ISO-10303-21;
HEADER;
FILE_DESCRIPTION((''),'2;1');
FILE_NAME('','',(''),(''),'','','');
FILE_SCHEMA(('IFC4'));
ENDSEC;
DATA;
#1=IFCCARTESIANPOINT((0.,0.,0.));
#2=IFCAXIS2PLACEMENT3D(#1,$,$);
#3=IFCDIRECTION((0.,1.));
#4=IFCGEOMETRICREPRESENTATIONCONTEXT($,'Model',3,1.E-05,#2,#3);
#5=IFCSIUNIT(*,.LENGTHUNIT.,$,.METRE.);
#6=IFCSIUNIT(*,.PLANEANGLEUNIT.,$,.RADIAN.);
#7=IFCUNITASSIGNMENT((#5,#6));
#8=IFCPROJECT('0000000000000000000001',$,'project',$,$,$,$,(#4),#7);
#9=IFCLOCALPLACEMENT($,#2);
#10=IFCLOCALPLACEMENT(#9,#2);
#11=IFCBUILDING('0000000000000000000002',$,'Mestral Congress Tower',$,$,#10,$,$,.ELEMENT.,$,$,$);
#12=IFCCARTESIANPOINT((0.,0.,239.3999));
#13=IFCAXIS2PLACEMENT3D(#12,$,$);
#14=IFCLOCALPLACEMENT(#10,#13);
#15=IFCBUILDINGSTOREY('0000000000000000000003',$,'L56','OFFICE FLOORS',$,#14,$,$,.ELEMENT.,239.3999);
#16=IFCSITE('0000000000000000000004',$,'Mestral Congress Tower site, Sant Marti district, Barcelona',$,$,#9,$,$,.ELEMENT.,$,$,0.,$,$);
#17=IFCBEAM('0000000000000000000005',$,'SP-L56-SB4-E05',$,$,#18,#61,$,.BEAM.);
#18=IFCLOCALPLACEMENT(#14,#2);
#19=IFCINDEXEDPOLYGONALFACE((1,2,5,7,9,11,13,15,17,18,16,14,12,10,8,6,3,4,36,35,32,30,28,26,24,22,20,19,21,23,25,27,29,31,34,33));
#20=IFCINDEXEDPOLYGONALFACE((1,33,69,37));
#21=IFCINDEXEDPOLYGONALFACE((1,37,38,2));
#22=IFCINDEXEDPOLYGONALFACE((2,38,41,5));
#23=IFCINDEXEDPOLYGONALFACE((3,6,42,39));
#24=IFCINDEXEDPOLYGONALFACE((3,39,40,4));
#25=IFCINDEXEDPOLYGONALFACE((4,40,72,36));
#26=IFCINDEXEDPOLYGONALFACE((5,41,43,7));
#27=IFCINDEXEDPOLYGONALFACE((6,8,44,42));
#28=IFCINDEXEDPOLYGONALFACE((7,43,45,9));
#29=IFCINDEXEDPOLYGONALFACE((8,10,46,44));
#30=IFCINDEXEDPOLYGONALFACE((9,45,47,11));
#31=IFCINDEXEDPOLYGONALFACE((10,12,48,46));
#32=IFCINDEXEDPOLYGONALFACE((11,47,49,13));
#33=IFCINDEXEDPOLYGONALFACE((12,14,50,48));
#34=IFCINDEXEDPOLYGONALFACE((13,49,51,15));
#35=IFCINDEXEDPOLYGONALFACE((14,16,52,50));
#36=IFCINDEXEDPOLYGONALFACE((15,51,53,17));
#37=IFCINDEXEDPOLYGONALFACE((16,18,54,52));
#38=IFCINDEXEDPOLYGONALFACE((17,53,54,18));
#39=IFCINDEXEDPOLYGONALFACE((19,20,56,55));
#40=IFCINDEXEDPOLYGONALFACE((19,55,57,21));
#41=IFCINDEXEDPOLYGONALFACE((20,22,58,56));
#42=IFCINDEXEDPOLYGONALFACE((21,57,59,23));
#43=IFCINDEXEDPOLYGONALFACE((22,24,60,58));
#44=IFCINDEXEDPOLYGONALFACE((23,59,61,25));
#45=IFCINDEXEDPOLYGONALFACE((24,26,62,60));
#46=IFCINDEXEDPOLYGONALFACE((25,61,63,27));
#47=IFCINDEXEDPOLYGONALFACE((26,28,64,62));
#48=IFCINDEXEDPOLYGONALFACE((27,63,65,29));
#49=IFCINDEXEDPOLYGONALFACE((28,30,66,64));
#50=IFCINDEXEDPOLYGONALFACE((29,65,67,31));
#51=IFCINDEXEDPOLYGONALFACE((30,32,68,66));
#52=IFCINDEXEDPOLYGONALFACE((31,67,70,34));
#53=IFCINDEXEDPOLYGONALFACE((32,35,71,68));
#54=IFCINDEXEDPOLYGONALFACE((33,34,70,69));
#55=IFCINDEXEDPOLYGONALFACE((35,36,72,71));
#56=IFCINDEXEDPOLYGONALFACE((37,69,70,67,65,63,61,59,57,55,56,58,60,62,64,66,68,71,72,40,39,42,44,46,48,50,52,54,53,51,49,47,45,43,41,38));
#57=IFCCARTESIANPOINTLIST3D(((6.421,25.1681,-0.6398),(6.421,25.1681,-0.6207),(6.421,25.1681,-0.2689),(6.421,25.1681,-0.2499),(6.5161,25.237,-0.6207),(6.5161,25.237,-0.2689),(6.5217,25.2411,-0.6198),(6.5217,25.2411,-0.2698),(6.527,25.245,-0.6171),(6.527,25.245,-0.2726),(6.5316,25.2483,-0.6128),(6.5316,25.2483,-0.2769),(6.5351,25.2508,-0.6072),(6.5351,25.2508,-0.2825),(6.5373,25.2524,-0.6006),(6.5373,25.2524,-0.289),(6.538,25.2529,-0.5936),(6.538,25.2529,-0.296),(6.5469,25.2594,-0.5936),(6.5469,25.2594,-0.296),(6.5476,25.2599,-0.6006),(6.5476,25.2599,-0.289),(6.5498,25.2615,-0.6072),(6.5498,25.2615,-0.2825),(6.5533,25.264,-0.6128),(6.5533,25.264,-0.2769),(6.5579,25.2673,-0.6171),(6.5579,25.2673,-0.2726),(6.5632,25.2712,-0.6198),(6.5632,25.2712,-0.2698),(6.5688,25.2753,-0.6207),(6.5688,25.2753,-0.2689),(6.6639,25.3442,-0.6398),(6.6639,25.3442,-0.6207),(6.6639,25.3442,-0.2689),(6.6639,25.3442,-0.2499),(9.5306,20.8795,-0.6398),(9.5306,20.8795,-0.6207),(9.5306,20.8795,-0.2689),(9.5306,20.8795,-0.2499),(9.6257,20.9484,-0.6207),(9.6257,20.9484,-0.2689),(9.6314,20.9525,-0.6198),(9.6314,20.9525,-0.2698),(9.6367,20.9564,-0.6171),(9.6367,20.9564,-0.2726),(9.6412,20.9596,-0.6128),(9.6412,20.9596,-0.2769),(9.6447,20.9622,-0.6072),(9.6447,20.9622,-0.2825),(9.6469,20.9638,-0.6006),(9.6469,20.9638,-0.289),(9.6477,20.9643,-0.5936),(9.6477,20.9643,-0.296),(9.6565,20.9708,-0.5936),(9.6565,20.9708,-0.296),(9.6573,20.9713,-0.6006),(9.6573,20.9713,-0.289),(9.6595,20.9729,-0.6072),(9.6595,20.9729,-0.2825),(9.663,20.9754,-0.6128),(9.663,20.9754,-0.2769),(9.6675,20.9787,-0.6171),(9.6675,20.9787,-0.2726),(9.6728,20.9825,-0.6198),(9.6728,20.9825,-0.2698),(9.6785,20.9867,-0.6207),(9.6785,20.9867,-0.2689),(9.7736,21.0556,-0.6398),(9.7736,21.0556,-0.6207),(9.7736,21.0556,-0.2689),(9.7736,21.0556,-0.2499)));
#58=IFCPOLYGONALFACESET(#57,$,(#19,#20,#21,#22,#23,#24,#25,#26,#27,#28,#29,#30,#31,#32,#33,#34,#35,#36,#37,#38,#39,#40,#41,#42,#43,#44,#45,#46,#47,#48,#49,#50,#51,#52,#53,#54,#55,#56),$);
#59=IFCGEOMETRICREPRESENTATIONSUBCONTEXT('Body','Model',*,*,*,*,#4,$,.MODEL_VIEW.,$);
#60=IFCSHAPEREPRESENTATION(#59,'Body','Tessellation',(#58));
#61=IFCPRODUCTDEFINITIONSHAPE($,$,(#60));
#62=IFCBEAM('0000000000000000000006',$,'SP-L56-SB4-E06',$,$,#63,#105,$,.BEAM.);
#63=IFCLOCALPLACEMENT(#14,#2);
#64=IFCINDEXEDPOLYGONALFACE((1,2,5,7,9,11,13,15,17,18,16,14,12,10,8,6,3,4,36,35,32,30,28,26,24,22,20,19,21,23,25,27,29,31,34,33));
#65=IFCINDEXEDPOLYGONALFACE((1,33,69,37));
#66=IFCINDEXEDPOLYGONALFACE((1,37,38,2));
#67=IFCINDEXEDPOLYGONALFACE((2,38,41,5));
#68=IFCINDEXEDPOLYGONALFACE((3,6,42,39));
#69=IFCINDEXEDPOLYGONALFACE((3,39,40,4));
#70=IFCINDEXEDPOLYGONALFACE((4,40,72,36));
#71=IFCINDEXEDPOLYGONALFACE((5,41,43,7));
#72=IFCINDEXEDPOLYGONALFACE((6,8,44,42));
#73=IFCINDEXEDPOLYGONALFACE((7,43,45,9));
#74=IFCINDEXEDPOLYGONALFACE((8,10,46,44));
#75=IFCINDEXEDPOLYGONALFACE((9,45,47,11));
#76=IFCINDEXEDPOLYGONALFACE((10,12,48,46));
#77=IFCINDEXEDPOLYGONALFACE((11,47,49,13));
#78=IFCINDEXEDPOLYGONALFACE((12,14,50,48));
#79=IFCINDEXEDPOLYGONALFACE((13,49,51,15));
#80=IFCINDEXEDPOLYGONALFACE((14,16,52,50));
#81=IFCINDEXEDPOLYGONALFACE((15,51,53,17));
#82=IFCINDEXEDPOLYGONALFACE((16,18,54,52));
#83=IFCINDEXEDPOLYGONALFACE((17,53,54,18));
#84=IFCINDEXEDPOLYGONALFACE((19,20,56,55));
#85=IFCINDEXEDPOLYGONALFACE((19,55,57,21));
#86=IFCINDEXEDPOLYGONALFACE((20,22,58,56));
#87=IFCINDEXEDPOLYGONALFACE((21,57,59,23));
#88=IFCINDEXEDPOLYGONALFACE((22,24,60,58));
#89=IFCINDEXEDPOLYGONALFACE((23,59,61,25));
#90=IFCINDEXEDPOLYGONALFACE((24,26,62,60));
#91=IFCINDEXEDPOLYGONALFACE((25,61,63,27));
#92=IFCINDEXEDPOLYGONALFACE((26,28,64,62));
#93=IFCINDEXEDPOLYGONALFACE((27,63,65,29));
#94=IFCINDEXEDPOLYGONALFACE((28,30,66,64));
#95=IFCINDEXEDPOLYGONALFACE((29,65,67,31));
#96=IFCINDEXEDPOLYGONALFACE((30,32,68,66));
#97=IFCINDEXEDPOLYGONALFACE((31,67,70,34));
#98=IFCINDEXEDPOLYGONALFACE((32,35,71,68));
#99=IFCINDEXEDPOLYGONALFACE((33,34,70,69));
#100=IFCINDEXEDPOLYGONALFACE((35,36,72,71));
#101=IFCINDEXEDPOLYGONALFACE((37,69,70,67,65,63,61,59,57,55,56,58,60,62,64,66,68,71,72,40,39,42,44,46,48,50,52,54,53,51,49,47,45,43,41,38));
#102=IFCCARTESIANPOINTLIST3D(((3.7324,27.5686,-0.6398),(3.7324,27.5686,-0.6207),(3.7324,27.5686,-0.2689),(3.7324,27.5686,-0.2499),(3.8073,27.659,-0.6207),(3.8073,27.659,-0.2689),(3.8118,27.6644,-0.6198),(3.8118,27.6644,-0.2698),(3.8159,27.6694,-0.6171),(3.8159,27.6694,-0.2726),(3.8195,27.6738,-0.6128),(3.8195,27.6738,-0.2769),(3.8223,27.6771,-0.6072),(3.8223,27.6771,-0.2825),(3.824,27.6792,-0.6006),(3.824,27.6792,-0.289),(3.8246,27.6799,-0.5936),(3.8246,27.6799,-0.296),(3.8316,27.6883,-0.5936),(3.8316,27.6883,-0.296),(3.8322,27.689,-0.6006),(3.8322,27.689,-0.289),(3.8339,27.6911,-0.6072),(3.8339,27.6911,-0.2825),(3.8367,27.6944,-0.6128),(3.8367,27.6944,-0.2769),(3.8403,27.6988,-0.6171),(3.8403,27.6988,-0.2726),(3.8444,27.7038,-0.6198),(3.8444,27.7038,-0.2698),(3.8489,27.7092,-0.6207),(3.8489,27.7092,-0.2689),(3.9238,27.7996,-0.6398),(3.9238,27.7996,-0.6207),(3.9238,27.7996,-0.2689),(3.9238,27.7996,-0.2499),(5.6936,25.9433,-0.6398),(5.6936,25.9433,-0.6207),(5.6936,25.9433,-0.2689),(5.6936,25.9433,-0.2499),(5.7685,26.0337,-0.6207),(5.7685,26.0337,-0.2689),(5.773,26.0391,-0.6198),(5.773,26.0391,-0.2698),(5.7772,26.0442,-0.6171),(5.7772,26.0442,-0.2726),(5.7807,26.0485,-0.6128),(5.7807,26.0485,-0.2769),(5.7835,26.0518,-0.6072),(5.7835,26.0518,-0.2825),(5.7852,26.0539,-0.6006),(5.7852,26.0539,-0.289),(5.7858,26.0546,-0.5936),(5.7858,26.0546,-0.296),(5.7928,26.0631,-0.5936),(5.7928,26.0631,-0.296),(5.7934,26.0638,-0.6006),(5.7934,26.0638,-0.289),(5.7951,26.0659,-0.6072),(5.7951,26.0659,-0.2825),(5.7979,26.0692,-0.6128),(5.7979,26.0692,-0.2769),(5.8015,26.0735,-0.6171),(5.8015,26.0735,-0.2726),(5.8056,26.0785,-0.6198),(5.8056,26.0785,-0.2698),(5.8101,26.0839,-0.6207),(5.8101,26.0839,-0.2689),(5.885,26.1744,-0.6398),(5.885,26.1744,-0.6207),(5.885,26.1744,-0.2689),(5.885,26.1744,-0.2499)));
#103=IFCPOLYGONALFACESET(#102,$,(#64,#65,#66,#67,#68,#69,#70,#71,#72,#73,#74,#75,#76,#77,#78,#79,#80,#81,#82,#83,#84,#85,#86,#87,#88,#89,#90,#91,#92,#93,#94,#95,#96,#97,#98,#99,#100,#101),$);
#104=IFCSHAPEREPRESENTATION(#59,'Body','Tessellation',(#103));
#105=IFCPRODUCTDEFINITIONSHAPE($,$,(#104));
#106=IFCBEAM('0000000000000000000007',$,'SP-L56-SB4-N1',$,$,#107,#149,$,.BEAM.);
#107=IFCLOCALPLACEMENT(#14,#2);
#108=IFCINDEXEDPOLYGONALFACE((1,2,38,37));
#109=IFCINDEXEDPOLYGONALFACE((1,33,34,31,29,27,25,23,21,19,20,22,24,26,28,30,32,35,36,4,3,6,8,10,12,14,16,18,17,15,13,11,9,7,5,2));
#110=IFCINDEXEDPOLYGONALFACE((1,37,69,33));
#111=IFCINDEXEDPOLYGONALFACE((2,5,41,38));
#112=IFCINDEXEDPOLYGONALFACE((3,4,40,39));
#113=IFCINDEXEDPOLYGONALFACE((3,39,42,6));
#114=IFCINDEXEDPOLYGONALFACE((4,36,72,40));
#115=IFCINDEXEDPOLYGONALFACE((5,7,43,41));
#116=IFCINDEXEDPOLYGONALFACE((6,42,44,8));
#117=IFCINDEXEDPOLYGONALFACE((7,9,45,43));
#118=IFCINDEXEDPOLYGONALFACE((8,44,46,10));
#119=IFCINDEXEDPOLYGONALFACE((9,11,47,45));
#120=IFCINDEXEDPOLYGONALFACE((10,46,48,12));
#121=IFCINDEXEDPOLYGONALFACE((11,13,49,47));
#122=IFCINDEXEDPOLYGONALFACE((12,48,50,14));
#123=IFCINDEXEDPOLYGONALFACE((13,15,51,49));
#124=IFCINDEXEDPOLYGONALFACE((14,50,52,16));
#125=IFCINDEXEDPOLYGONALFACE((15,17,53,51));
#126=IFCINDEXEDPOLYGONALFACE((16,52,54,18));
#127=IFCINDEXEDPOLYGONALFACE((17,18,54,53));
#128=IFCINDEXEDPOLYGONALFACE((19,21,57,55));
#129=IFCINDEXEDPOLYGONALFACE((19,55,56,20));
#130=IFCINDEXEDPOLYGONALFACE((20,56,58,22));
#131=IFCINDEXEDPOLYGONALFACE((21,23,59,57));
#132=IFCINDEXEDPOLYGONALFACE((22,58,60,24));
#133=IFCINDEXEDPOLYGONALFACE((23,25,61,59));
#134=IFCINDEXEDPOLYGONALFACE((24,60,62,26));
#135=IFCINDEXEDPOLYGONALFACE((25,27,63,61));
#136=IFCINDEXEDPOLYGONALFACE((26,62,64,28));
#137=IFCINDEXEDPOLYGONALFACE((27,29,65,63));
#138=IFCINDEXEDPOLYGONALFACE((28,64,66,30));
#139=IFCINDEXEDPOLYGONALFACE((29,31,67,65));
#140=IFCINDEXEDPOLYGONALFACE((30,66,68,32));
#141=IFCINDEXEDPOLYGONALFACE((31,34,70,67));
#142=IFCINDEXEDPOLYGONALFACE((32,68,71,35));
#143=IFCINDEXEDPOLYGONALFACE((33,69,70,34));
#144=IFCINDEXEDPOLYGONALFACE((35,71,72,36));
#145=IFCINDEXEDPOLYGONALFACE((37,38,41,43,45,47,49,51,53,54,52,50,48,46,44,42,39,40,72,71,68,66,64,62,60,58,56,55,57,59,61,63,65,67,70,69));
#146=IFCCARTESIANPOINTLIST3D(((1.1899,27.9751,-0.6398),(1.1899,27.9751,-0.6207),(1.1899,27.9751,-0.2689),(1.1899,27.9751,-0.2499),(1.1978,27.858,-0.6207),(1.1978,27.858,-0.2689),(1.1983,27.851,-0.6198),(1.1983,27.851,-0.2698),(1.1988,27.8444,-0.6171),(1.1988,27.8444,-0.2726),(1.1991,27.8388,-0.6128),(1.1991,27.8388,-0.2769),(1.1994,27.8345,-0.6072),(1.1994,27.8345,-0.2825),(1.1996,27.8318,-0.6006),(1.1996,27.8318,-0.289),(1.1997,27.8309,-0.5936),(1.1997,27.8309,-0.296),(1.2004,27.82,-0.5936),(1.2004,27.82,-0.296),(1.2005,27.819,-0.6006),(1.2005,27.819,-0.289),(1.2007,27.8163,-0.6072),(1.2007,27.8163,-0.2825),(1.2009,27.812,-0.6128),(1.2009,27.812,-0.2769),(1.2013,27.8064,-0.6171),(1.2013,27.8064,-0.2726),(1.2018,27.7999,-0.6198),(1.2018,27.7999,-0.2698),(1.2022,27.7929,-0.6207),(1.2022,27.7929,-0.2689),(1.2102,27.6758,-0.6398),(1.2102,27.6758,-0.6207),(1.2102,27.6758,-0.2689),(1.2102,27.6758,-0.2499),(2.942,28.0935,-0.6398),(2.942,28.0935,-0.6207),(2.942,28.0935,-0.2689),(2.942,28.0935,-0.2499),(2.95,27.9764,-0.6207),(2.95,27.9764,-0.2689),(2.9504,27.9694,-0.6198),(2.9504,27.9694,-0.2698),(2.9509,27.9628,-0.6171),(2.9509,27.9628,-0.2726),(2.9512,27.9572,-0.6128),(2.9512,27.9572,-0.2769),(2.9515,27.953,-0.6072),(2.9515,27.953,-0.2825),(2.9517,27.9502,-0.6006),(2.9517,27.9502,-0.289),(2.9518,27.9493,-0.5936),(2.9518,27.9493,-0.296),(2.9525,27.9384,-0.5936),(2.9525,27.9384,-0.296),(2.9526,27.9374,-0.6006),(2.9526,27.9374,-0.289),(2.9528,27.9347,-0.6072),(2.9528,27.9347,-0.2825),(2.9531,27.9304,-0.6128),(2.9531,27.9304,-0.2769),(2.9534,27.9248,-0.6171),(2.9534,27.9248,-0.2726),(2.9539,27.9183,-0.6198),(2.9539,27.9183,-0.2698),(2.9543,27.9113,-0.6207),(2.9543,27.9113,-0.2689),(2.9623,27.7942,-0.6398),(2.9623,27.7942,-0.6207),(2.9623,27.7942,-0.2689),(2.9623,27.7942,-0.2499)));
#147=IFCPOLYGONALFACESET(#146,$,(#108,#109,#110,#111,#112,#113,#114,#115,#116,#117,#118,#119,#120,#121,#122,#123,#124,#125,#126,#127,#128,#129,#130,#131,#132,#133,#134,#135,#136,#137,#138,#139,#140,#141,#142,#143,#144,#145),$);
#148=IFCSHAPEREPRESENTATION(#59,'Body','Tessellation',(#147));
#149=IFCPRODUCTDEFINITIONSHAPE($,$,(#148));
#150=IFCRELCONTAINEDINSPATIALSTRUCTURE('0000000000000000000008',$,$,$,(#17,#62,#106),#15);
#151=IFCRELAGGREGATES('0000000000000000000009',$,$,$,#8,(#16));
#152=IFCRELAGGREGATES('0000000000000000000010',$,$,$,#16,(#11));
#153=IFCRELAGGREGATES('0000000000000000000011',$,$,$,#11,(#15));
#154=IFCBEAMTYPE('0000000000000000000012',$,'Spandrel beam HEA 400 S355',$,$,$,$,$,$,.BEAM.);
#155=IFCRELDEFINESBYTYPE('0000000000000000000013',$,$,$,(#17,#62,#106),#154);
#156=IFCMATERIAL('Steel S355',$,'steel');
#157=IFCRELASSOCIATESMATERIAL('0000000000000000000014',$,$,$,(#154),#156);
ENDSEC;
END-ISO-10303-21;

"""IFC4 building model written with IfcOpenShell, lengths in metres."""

from ifc_helpers import new_model, si_unit, direction, frame, origin, origin_2d, place, context, subcontext, project, spatial, i_section, extrude, material, material_profile, profile_set, type_object, element, save


model = new_model("IFC4")

# Units and contexts
model_context = context("Model", 3, precision=1e-05, world=origin(), true_north=direction((0.0, 1.0)))
body_context = subcontext(model_context, "Body", "Model", "MODEL_VIEW")
ifc_project = project(units=[si_unit("LENGTHUNIT", "METRE"), si_unit("PLANEANGLEUNIT", "RADIAN")], contexts=[model_context])

# Site, building, storey
site_placement = place(None, origin())
site = spatial("IfcSite", under=ifc_project, at=site_placement, Name="Mestral Congress Tower site, Sant Marti district, Barcelona", CompositionType="ELEMENT", RefElevation=0.0)
building_placement = place(site_placement, origin())
building = spatial("IfcBuilding", under=site, at=building_placement, Name="Mestral Congress Tower", CompositionType="ELEMENT")
storey_placement = place(building_placement, frame((0.0, 0.0, 239.3999)))
storey = spatial("IfcBuildingStorey", under=building, at=storey_placement, Name="L56", Description="OFFICE FLOORS", CompositionType="ELEMENT", Elevation=239.3999)

# Beams
ifc_material_1 = material(Name="Steel S355", Category="steel")
ifc_material_profile_1 = material_profile(ifc_material_1, i_section(OverallWidth=0.3, OverallDepth=0.3899, WebThickness=0.011, FlangeThickness=0.019, FilletRadius=0.0271, at=origin_2d()), Name="HEA 400")
ifc_profile_set_1 = profile_set([ifc_material_profile_1], Name="Steel S355")
beam_type_1 = type_object("IfcBeamType", Name="Spandrel beam HEA 400 S355", PredefinedType="BEAM", material=ifc_profile_set_1)
beam_1_placement = place(storey_placement, frame((9.6521, 20.9675, -0.4448), z_axis=(-0.587017, 0.809574, 0.0), x_axis=(-0.809574, -0.587017, 0.0)))
element("IfcBeam", 1, at=beam_1_placement, inside=storey, type_object=beam_type_1, Name="SP-L56-SB4-E05", PredefinedType="BEAM", context=body_context, shape_type="SweptSolid", body=[
    extrude(i_section(OverallWidth=0.3, OverallDepth=0.3899, WebThickness=0.011, FlangeThickness=0.019, FilletRadius=0.0271, at=origin_2d()), origin(), (0.0, 0.0, 1.0), 5.2974),
])
beam_2_placement = place(storey_placement, frame((5.7893, 26.0588, -0.4448), z_axis=(-0.76997, 0.63808, 0.0), x_axis=(-0.63808, -0.76997, 0.0)))
element("IfcBeam", 2, at=beam_2_placement, inside=storey, type_object=beam_type_1, Name="SP-L56-SB4-E06", PredefinedType="BEAM", context=body_context, shape_type="SweptSolid", body=[
    extrude(i_section(OverallWidth=0.3, OverallDepth=0.3899, WebThickness=0.011, FlangeThickness=0.019, FilletRadius=0.0271, at=origin_2d()), origin(), (0.0, 0.0, 1.0), 2.5471),
])
beam_3_placement = place(storey_placement, frame((2.9521, 27.9438, -0.4448), z_axis=(-0.997724, -0.067423, 0.0), x_axis=(0.067423, -0.997724, 0.0)))
element("IfcBeam", 3, at=beam_3_placement, inside=storey, type_object=beam_type_1, Name="SP-L56-SB4-N1", PredefinedType="BEAM", context=body_context, shape_type="SweptSolid", body=[
    extrude(i_section(OverallWidth=0.3, OverallDepth=0.3899, WebThickness=0.011, FlangeThickness=0.019, FilletRadius=0.0271, at=origin_2d()), origin(), (0.0, 0.0, 1.0), 1.7561),
])

save(model, "model.ifc")
